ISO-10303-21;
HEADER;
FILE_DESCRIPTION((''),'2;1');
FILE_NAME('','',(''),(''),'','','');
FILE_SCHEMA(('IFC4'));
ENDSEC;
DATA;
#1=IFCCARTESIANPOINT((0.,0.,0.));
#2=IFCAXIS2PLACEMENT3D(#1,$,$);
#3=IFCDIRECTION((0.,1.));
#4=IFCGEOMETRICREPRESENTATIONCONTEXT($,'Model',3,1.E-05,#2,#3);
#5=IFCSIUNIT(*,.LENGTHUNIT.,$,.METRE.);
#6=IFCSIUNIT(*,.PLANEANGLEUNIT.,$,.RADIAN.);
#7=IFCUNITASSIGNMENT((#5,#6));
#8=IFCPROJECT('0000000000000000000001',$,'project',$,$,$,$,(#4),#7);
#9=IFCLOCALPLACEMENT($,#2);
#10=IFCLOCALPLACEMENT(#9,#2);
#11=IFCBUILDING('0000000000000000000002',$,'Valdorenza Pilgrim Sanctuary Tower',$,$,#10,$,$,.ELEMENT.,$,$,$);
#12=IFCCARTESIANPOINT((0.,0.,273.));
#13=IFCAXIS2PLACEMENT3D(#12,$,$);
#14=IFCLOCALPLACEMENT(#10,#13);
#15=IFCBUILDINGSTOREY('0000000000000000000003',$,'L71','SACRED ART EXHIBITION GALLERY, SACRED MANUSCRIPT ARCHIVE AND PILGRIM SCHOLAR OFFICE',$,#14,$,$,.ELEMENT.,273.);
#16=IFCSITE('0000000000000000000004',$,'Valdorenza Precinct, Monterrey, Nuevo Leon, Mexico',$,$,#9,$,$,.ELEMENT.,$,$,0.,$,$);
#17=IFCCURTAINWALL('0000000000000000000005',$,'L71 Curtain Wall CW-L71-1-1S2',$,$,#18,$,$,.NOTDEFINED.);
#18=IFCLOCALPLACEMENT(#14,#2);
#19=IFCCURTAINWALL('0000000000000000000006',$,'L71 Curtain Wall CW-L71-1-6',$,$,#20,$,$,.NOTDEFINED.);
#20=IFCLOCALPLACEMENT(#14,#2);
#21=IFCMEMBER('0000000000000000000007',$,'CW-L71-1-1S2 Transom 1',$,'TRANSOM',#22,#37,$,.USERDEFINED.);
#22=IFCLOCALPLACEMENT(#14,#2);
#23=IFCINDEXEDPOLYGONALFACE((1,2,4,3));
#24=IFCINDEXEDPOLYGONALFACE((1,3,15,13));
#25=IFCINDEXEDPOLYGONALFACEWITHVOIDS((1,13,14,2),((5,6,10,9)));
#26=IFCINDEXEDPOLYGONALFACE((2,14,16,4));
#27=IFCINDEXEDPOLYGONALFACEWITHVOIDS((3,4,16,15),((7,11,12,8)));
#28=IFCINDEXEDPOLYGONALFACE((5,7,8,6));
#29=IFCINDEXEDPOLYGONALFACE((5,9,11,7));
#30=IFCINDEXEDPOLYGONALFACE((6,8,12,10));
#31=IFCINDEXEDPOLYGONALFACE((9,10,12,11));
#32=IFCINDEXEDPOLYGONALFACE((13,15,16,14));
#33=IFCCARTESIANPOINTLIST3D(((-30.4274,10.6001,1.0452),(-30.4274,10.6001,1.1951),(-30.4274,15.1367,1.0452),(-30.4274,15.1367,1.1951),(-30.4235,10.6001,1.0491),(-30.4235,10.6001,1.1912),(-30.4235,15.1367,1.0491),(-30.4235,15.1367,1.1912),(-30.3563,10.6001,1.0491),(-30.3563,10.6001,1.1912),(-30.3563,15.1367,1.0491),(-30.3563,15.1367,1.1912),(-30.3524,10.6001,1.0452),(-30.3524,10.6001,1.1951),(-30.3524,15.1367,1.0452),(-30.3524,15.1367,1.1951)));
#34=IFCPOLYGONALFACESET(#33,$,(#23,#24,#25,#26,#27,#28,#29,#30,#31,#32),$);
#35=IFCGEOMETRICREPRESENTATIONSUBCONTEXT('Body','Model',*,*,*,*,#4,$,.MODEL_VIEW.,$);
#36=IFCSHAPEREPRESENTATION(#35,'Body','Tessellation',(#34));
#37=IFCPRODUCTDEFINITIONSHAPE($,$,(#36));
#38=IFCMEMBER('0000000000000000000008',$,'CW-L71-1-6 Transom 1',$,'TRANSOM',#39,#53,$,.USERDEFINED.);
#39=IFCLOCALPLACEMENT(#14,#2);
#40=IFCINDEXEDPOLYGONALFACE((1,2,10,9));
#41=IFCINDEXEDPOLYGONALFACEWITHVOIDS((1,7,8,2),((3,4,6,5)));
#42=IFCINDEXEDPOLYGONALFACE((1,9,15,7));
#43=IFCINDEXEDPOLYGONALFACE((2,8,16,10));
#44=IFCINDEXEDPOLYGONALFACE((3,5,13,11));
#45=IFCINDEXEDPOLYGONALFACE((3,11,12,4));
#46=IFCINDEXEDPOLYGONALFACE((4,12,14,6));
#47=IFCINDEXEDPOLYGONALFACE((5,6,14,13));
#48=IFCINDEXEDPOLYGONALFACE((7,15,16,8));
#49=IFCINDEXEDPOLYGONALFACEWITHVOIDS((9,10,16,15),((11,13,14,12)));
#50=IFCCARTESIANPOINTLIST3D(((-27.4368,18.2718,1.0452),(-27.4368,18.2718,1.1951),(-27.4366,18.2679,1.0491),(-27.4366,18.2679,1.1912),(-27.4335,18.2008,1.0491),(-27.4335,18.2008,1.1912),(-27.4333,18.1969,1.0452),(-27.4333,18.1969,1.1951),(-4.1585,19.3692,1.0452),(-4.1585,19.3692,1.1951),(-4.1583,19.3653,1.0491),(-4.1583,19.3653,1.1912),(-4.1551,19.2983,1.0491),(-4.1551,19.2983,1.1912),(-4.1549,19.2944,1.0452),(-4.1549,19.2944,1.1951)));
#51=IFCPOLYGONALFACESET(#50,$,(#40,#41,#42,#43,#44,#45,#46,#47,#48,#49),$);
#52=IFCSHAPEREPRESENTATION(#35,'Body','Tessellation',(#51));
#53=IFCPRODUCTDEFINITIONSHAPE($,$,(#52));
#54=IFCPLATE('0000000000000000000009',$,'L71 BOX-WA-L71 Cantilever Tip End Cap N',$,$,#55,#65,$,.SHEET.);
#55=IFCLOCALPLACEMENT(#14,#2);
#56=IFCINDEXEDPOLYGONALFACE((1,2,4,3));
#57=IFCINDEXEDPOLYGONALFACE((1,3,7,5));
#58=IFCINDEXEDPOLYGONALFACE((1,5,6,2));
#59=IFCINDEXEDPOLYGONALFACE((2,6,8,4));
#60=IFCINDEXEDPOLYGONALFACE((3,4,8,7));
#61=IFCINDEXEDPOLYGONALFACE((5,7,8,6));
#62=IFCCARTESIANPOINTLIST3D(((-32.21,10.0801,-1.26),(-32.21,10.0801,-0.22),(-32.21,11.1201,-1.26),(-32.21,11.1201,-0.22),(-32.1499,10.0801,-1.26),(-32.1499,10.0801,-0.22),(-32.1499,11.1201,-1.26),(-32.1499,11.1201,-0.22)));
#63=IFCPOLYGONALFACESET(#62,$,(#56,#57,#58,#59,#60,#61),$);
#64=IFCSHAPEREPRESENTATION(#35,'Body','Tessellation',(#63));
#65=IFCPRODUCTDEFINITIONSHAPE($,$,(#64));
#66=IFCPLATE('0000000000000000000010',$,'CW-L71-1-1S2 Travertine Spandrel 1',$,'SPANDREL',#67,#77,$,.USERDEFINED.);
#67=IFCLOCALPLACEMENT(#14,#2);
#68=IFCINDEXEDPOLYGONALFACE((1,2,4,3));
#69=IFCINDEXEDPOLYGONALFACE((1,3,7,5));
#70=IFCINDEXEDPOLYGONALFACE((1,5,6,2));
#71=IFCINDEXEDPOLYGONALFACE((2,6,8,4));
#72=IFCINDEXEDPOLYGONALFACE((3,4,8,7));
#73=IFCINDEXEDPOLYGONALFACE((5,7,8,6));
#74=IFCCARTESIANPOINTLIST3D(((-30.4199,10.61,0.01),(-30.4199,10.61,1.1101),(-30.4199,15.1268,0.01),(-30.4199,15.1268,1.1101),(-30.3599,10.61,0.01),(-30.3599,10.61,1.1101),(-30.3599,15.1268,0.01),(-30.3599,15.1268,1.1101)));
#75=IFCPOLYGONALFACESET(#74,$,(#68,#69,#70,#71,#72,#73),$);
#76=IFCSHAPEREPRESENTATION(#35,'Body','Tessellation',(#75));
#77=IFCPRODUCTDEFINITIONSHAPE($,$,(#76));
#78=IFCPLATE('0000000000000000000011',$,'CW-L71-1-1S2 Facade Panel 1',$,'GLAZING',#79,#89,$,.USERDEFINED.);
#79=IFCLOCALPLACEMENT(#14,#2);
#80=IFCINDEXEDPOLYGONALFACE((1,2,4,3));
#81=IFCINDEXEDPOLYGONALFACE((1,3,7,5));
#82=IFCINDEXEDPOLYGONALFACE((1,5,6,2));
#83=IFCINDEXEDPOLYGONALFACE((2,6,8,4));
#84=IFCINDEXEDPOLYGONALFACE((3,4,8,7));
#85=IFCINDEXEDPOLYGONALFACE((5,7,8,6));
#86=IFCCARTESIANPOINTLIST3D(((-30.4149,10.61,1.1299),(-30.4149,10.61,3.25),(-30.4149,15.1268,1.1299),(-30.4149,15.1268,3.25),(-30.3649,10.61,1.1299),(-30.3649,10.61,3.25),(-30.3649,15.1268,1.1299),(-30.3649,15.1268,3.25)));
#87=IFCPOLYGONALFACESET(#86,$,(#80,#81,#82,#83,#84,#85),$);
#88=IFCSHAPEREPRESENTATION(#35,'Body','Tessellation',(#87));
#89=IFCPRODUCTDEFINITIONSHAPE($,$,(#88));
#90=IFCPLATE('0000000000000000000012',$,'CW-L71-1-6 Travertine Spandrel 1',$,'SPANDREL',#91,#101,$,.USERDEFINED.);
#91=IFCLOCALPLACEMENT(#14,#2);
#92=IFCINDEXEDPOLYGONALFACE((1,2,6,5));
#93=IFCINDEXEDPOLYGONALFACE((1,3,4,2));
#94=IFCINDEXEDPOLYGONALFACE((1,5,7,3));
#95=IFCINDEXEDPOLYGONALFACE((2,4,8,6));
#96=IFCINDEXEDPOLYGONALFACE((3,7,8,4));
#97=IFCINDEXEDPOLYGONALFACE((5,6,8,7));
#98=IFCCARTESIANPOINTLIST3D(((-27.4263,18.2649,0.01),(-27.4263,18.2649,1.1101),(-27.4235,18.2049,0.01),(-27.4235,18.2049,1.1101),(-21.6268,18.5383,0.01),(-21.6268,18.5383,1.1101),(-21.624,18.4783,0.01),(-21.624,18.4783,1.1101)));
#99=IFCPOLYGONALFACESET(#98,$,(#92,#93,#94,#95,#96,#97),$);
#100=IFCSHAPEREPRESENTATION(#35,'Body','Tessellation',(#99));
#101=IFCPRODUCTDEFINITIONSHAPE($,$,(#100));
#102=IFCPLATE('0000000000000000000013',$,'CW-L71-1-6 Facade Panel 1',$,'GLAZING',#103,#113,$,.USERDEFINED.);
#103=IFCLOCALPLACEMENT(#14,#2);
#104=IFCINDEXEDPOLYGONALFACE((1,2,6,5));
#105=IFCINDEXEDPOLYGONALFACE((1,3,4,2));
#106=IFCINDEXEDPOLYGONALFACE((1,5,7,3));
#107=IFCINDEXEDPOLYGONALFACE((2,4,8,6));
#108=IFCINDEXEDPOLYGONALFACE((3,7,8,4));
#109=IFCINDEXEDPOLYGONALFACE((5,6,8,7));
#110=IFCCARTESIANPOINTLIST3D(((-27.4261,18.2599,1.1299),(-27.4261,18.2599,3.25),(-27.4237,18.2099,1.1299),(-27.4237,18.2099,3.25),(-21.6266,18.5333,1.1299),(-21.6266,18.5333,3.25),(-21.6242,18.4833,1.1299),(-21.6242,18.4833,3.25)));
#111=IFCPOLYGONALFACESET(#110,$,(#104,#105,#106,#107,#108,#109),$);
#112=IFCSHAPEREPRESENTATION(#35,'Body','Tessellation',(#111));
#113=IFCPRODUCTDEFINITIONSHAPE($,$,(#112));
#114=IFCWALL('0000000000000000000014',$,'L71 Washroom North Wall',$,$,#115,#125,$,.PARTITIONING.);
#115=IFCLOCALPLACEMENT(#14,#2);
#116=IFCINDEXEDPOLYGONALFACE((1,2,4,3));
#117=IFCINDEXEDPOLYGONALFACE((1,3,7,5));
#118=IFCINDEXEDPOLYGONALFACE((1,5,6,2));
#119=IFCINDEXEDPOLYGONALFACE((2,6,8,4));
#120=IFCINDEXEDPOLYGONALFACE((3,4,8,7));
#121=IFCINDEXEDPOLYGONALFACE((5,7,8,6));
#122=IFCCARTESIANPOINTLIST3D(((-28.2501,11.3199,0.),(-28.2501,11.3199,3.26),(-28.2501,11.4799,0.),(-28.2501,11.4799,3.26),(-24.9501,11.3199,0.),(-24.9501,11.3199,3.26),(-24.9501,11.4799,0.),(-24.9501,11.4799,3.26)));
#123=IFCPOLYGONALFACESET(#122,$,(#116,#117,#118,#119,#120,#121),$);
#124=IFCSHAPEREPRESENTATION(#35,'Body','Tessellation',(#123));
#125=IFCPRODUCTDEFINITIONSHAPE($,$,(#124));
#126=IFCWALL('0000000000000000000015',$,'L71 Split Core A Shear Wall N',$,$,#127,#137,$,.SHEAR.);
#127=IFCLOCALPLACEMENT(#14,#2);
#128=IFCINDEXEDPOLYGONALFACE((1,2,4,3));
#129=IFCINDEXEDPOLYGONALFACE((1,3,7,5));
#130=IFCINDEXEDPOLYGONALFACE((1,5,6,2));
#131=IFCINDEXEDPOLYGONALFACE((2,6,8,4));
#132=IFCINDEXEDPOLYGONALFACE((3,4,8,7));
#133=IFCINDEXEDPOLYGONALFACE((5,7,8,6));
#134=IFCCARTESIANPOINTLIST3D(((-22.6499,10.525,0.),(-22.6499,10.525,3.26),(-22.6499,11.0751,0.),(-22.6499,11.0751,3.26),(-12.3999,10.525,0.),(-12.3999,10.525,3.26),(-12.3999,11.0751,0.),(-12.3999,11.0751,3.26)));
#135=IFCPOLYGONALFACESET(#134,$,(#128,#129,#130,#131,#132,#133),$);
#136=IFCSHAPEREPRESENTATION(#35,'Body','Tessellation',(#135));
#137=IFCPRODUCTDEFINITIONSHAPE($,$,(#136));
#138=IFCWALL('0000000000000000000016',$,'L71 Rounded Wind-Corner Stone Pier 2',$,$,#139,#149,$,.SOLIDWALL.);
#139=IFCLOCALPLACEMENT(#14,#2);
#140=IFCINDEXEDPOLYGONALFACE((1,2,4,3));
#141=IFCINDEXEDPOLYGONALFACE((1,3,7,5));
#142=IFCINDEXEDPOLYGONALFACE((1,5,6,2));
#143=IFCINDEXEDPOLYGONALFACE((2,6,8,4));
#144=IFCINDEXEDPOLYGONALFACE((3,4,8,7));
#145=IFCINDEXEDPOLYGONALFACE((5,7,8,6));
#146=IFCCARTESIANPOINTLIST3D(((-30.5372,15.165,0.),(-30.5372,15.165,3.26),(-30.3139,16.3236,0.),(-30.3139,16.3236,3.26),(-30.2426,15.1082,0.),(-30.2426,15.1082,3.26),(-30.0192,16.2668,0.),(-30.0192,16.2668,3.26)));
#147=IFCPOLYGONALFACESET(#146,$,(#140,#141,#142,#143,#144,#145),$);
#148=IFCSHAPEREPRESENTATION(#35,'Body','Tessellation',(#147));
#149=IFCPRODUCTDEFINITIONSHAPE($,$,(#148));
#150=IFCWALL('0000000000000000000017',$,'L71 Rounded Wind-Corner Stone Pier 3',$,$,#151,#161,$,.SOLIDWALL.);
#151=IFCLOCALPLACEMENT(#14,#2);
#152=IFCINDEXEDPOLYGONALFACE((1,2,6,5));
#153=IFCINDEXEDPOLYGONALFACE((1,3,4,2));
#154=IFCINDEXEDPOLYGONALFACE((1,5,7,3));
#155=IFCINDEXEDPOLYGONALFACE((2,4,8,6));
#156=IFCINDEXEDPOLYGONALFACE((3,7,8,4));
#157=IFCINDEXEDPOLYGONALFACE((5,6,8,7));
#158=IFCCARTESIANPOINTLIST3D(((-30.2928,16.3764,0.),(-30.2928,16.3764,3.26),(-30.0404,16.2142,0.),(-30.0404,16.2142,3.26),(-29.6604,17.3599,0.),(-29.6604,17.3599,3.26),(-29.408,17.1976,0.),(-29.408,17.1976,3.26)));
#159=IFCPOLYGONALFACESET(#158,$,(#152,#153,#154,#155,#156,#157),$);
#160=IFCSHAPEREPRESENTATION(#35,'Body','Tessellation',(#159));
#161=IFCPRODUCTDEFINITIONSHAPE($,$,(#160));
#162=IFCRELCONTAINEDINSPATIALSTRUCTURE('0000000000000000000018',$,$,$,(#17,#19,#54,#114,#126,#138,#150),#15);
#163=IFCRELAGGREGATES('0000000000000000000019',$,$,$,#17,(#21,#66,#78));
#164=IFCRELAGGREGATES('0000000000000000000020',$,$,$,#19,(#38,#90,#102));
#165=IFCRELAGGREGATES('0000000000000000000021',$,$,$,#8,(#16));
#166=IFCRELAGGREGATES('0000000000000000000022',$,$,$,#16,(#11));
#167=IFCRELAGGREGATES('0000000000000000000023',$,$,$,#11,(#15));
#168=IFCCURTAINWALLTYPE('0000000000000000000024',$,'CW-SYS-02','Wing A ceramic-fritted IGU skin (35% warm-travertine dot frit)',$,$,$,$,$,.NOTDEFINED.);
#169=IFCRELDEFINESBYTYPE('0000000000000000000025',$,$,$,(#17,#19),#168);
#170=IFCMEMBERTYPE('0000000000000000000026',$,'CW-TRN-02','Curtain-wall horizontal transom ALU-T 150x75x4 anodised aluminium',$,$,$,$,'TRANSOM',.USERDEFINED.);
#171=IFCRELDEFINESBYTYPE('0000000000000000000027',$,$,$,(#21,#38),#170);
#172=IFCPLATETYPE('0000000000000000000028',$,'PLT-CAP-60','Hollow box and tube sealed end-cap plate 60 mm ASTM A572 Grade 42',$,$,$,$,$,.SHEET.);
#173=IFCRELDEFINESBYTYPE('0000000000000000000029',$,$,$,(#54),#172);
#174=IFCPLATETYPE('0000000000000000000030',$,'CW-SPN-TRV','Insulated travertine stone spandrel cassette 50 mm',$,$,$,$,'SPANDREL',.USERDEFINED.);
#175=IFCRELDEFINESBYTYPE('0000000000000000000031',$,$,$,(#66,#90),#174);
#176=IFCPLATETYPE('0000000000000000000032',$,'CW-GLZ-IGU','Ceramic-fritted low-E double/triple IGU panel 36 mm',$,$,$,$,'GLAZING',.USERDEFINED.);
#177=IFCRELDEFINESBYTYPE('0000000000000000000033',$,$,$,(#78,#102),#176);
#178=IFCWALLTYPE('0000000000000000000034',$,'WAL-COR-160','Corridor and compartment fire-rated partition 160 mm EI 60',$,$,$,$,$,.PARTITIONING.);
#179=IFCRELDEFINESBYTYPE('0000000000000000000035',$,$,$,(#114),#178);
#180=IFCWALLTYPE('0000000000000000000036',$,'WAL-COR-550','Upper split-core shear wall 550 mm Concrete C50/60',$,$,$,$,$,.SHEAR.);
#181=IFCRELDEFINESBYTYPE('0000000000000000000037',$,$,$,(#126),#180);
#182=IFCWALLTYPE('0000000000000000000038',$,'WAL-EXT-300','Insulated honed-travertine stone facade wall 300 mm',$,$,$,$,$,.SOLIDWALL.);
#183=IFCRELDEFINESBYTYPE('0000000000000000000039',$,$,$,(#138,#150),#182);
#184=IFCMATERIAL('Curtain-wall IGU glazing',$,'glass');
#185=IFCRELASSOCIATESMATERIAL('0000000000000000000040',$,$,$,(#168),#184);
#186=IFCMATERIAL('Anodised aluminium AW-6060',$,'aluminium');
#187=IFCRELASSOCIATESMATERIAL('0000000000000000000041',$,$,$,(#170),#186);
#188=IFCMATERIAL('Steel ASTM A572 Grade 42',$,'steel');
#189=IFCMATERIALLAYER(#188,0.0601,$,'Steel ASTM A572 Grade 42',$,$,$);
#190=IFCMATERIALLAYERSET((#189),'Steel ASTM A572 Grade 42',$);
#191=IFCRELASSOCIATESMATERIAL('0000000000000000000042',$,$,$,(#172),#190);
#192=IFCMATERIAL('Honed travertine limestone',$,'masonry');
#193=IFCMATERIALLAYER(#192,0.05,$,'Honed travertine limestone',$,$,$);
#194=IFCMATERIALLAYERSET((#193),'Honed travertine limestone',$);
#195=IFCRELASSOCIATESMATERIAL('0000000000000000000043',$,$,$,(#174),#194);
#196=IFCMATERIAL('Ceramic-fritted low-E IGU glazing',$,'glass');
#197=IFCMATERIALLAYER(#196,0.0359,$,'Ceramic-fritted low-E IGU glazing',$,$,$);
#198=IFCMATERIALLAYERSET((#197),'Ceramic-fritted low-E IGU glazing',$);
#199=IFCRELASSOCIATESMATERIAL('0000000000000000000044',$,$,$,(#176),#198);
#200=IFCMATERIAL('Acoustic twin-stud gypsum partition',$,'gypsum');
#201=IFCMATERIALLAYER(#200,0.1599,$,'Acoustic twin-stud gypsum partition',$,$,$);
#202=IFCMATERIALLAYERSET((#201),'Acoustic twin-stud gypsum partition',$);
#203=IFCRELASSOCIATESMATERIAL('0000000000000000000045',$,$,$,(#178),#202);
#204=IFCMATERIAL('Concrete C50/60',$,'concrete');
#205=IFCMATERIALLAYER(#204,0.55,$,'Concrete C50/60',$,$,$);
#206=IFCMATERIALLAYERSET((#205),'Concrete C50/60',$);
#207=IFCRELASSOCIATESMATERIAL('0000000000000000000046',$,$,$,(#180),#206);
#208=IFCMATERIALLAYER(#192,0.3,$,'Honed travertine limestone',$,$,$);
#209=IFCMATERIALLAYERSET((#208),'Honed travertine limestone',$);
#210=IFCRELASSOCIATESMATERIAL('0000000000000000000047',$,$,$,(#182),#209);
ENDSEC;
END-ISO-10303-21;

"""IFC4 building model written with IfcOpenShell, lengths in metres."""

from ifc_helpers import new_model, si_unit, direction, frame, frame_2d, origin, origin_2d, place, context, subcontext, project, spatial, rectangle, hollow_rectangle, extrude, source, transform, mapped, material, layer, layer_set, material_profile, profile_set, type_object, element, aggregate, save


model = new_model("IFC4")

# Units and contexts
model_context = context("Model", 3, precision=1e-05, world=origin(), true_north=direction((0.0, 1.0)))
body_context = subcontext(model_context, "Body", "Model", "MODEL_VIEW")
ifc_project = project(units=[si_unit("LENGTHUNIT", "METRE"), si_unit("PLANEANGLEUNIT", "RADIAN")], contexts=[model_context])

# Site, building, storey
site_placement = place(None, origin())
site = spatial("IfcSite", under=ifc_project, at=site_placement, Name="Valdorenza Precinct, Monterrey, Nuevo Leon, Mexico", CompositionType="ELEMENT", RefElevation=0.0)
building_placement = place(site_placement, origin())
building = spatial("IfcBuilding", under=site, at=building_placement, Name="Valdorenza Pilgrim Sanctuary Tower", CompositionType="ELEMENT")
storey_placement = place(building_placement, frame((0.0, 0.0, 273.0)))
storey = spatial("IfcBuildingStorey", under=building, at=storey_placement, Name="L71", Description="SACRED ART EXHIBITION GALLERY, SACRED MANUSCRIPT ARCHIVE AND PILGRIM SCHOLAR OFFICE", CompositionType="ELEMENT", Elevation=273.0)

# Shared definitions
ifc_material_1 = material(Name="Concrete C50/60", Category="concrete")

# Shared definitions
ifc_material_2 = material(Name="Steel ASTM A572 Grade 42", Category="steel")

# Curtain walls
ifc_material_3 = material(Name="Curtain-wall IGU glazing", Category="glass")
curtain_wall_type = type_object("IfcCurtainWallType", Name="CW-SYS-02", Description="Wing A ceramic-fritted IGU skin (35% warm-travertine dot frit)", PredefinedType="NOTDEFINED", material=ifc_material_3)
curtain_wall_1_placement = place(storey_placement, origin())
curtain_wall_1 = element("IfcCurtainWall", 1, at=curtain_wall_1_placement, inside=storey, type_object=curtain_wall_type, Name="L71 Curtain Wall CW-L71-1-1S2", PredefinedType="NOTDEFINED")
ifc_material_4 = material(Name="Anodised aluminium AW-6060", Category="aluminium")
curtain_wall_2_placement = place(storey_placement, origin())
curtain_wall_2 = element("IfcCurtainWall", 2, at=curtain_wall_2_placement, inside=storey, type_object=curtain_wall_type, Name="L71 Curtain Wall CW-L71-1-6", PredefinedType="NOTDEFINED")

# Members
ifc_material_profile_1 = material_profile(ifc_material_4, hollow_rectangle(XDim=0.075, YDim=0.1499, WallThickness=0.0039, at=origin_2d()), Name="ALU-T 150x75x4")
ifc_profile_set_1 = profile_set([ifc_material_profile_1], Name="Anodised aluminium AW-6060")
member_type_1 = type_object("IfcMemberType", Name="CW-TRN-02", Description="Curtain-wall horizontal transom ALU-T 150x75x4 anodised aluminium", ElementType="TRANSOM", PredefinedType="USERDEFINED", material=ifc_profile_set_1)
shared_shape_1 = source(origin(), body_context, "Body", "SweptSolid", [
    extrude(hollow_rectangle(XDim=0.075, YDim=0.1499, WallThickness=0.0039, at=origin_2d()), origin(), (0.0, 0.0, 1.0), 4.5366),
])
member_1_placement = place(storey_placement, frame((-30.3899, 10.6001, 1.1201), z_axis=(0.0, 1.0, 0.0), x_axis=(-1.0, 0.0, 0.0)))
member_1 = element("IfcMember", 3, at=member_1_placement, type_object=member_type_1, Name="CW-L71-1-1S2 Transom 1", ObjectType="TRANSOM", PredefinedType="USERDEFINED", context=body_context, shape_type="MappedRepresentation", body=[
    mapped(shared_shape_1, transform((0.0, 0.0, 0.0), x_axis=(1.0, 0.0, 0.0), y_axis=(0.0, 1.0, 0.0), z_axis=(0.0, 0.0, 1.0), scale=1.0)),
])
shared_shape_2 = source(origin(), body_context, "Body", "SweptSolid", [
    extrude(hollow_rectangle(XDim=0.075, YDim=0.1499, WallThickness=0.0039, at=origin_2d()), origin(), (0.0, 0.0, 1.0), 23.3042),
])
member_2_placement = place(storey_placement, frame((-27.4351, 18.2344, 1.1201), z_axis=(0.998891, 0.047091, 0.0), x_axis=(-0.047091, 0.998891, 0.0)))
member_2 = element("IfcMember", 4, at=member_2_placement, type_object=member_type_1, Name="CW-L71-1-6 Transom 1", ObjectType="TRANSOM", PredefinedType="USERDEFINED", context=body_context, shape_type="MappedRepresentation", body=[
    mapped(shared_shape_2, transform((0.0, 0.0, 0.0), x_axis=(1.0, 0.0, 0.0), y_axis=(0.0, 1.0, 0.0), z_axis=(0.0, 0.0, 1.0), scale=1.0)),
])

# Plates
ifc_layer_1 = layer(ifc_material_2, 0.0601, Name="Steel ASTM A572 Grade 42")
ifc_layer_set_1 = layer_set([ifc_layer_1], Name="Steel ASTM A572 Grade 42")
plate_type_1 = type_object("IfcPlateType", Name="PLT-CAP-60", Description="Hollow box and tube sealed end-cap plate 60 mm ASTM A572 Grade 42", PredefinedType="SHEET", material=ifc_layer_set_1)
shared_shape_3 = source(origin(), body_context, "Body", "SweptSolid", [
    extrude(rectangle(XDim=0.0601, YDim=1.04, at=origin_2d()), origin(), (0.0, 0.0, 1.0), 1.04),
])
plate_1_placement = place(storey_placement, frame((-32.1799, 10.6001, -1.26), z_axis=(0.0, 0.0, 1.0), x_axis=(1.0, 0.0, 0.0)))
element("IfcPlate", 5, at=plate_1_placement, inside=storey, type_object=plate_type_1, Name="L71 BOX-WA-L71 Cantilever Tip End Cap N", PredefinedType="SHEET", context=body_context, shape_type="MappedRepresentation", body=[
    mapped(shared_shape_3, transform((0.0, 0.0, 0.0), x_axis=(1.0, 0.0, 0.0), y_axis=(0.0, 1.0, 0.0), z_axis=(0.0, 0.0, 1.0), scale=1.0)),
])
ifc_material_5 = material(Name="Honed travertine limestone", Category="masonry")
ifc_layer_2 = layer(ifc_material_5, 0.05, Name="Honed travertine limestone")
ifc_layer_set_2 = layer_set([ifc_layer_2], Name="Honed travertine limestone")
plate_type_2 = type_object("IfcPlateType", Name="CW-SPN-TRV", Description="Insulated travertine stone spandrel cassette 50 mm", ElementType="SPANDREL", PredefinedType="USERDEFINED", material=ifc_layer_set_2)
shared_shape_4 = source(origin(), body_context, "Body", "SweptSolid", [
    extrude(rectangle(XDim=4.5168, YDim=0.0601, at=origin_2d()), origin(), (0.0, 0.0, 1.0), 1.1001),
])
plate_2_placement = place(storey_placement, frame((-30.3899, 12.8684, 0.01), z_axis=(0.0, 0.0, 1.0), x_axis=(0.0, 1.0, 0.0)))
plate_2 = element("IfcPlate", 6, at=plate_2_placement, type_object=plate_type_2, Name="CW-L71-1-1S2 Travertine Spandrel 1", ObjectType="SPANDREL", PredefinedType="USERDEFINED", context=body_context, shape_type="MappedRepresentation", body=[
    mapped(shared_shape_4, transform((0.0, 0.0, 0.0), x_axis=(1.0, 0.0, 0.0), y_axis=(0.0, 1.0, 0.0), z_axis=(0.0, 0.0, 1.0), scale=1.0)),
])
ifc_material_6 = material(Name="Ceramic-fritted low-E IGU glazing", Category="glass")
ifc_layer_3 = layer(ifc_material_6, 0.0359, Name="Ceramic-fritted low-E IGU glazing")
ifc_layer_set_3 = layer_set([ifc_layer_3], Name="Ceramic-fritted low-E IGU glazing")
plate_type_3 = type_object("IfcPlateType", Name="CW-GLZ-IGU", Description="Ceramic-fritted low-E double/triple IGU panel 36 mm", ElementType="GLAZING", PredefinedType="USERDEFINED", material=ifc_layer_set_3)
shared_shape_5 = source(origin(), body_context, "Body", "SweptSolid", [
    extrude(rectangle(XDim=4.5168, YDim=0.05, at=origin_2d()), origin(), (0.0, 0.0, 1.0), 2.1201),
])
plate_3_placement = place(storey_placement, frame((-30.3899, 12.8684, 1.1299), z_axis=(0.0, 0.0, 1.0), x_axis=(0.0, 1.0, 0.0)))
plate_3 = element("IfcPlate", 7, at=plate_3_placement, type_object=plate_type_3, Name="CW-L71-1-1S2 Facade Panel 1", ObjectType="GLAZING", PredefinedType="USERDEFINED", context=body_context, shape_type="MappedRepresentation", body=[
    mapped(shared_shape_5, transform((0.0, 0.0, 0.0), x_axis=(1.0, 0.0, 0.0), y_axis=(0.0, 1.0, 0.0), z_axis=(0.0, 0.0, 1.0), scale=1.0)),
])
aggregate(curtain_wall_1, [member_1, plate_2, plate_3])
shared_shape_6 = source(origin(), body_context, "Body", "SweptSolid", [
    extrude(rectangle(XDim=5.8059, YDim=0.0601, at=origin_2d()), origin(), (0.0, 0.0, 1.0), 1.1001),
])
plate_4_placement = place(storey_placement, frame((-24.5251, 18.3716, 0.01), z_axis=(0.0, 0.0, 1.0), x_axis=(0.998891, 0.047089, 0.0)))
plate_4 = element("IfcPlate", 8, at=plate_4_placement, type_object=plate_type_2, Name="CW-L71-1-6 Travertine Spandrel 1", ObjectType="SPANDREL", PredefinedType="USERDEFINED", context=body_context, shape_type="MappedRepresentation", body=[
    mapped(shared_shape_6, transform((0.0, 0.0, 0.0), x_axis=(1.0, 0.0, 0.0), y_axis=(0.0, 1.0, 0.0), z_axis=(0.0, 0.0, 1.0), scale=1.0)),
])
shared_shape_7 = source(origin(), body_context, "Body", "SweptSolid", [
    extrude(rectangle(XDim=5.8059, YDim=0.05, at=origin_2d()), origin(), (0.0, 0.0, 1.0), 2.1201),
])
plate_5_placement = place(storey_placement, frame((-24.5251, 18.3716, 1.1299), z_axis=(0.0, 0.0, 1.0), x_axis=(0.998891, 0.047089, 0.0)))
plate_5 = element("IfcPlate", 9, at=plate_5_placement, type_object=plate_type_3, Name="CW-L71-1-6 Facade Panel 1", ObjectType="GLAZING", PredefinedType="USERDEFINED", context=body_context, shape_type="MappedRepresentation", body=[
    mapped(shared_shape_7, transform((0.0, 0.0, 0.0), x_axis=(1.0, 0.0, 0.0), y_axis=(0.0, 1.0, 0.0), z_axis=(0.0, 0.0, 1.0), scale=1.0)),
])
aggregate(curtain_wall_2, [member_2, plate_4, plate_5])

# Wall
ifc_material_7 = material(Name="Acoustic twin-stud gypsum partition", Category="gypsum")
ifc_layer_4 = layer(ifc_material_7, 0.1599, Name="Acoustic twin-stud gypsum partition")
ifc_layer_set_4 = layer_set([ifc_layer_4], Name="Acoustic twin-stud gypsum partition")
wall_type_1 = type_object("IfcWallType", Name="WAL-COR-160", Description="Corridor and compartment fire-rated partition 160 mm EI 60", PredefinedType="PARTITIONING", material=ifc_layer_set_4)
wall_1_placement = place(storey_placement, frame((-28.25, 11.3999, 0.0), z_axis=(0.0, 0.0, 1.0), x_axis=(1.0, 0.0, 0.0)))
element("IfcWall", 10, at=wall_1_placement, inside=storey, type_object=wall_type_1, Name="L71 Washroom North Wall", PredefinedType="PARTITIONING", context=body_context, shape_type="SweptSolid", body=[
    extrude(rectangle(XDim=3.3, YDim=0.1599, at=frame_2d((1.6499, 0.0))), origin(), (0.0, 0.0, 1.0), 3.26),
])

# Walls
ifc_layer_5 = layer(ifc_material_1, 0.55, Name="Concrete C50/60")
ifc_layer_set_5 = layer_set([ifc_layer_5], Name="Concrete C50/60")
wall_type_2 = type_object("IfcWallType", Name="WAL-COR-550", Description="Upper split-core shear wall 550 mm Concrete C50/60", PredefinedType="SHEAR", material=ifc_layer_set_5)
wall_2_placement = place(storey_placement, frame((-22.6499, 10.8, 0.0), z_axis=(0.0, 0.0, 1.0), x_axis=(1.0, 0.0, 0.0)))
element("IfcWall", 11, at=wall_2_placement, inside=storey, type_object=wall_type_2, Name="L71 Split Core A Shear Wall N", PredefinedType="SHEAR", context=body_context, shape_type="SweptSolid", body=[
    extrude(rectangle(XDim=10.25, YDim=0.55, at=frame_2d((5.125, 0.0))), origin(), (0.0, 0.0, 1.0), 3.26),
])
ifc_layer_6 = layer(ifc_material_5, 0.3, Name="Honed travertine limestone")
ifc_layer_set_6 = layer_set([ifc_layer_6], Name="Honed travertine limestone")
wall_type_3 = type_object("IfcWallType", Name="WAL-EXT-300", Description="Insulated honed-travertine stone facade wall 300 mm", PredefinedType="SOLIDWALL", material=ifc_layer_set_6)
wall_3_placement = place(storey_placement, frame((-30.3899, 15.1367, 0.0), z_axis=(0.0, 0.0, 1.0), x_axis=(0.189308, 0.981918, 0.0)))
element("IfcWall", 12, at=wall_3_placement, inside=storey, type_object=wall_type_3, Name="L71 Rounded Wind-Corner Stone Pier 2", PredefinedType="SOLIDWALL", context=body_context, shape_type="SweptSolid", body=[
    extrude(rectangle(XDim=1.1799, YDim=0.3, at=frame_2d((0.5898, 0.0))), origin(), (0.0, 0.0, 1.0), 3.26),
])
wall_4_placement = place(storey_placement, frame((-30.1665, 16.2954, 0.0), z_axis=(0.0, 0.0, 1.0), x_axis=(0.540842, 0.841124, 0.0)))
element("IfcWall", 13, at=wall_4_placement, inside=storey, type_object=wall_type_3, Name="L71 Rounded Wind-Corner Stone Pier 3", PredefinedType="SOLIDWALL", context=body_context, shape_type="SweptSolid", body=[
    extrude(rectangle(XDim=1.1692, YDim=0.3, at=frame_2d((0.5845, 0.0))), origin(), (0.0, 0.0, 1.0), 3.26),
])

save(model, "model.ifc")
